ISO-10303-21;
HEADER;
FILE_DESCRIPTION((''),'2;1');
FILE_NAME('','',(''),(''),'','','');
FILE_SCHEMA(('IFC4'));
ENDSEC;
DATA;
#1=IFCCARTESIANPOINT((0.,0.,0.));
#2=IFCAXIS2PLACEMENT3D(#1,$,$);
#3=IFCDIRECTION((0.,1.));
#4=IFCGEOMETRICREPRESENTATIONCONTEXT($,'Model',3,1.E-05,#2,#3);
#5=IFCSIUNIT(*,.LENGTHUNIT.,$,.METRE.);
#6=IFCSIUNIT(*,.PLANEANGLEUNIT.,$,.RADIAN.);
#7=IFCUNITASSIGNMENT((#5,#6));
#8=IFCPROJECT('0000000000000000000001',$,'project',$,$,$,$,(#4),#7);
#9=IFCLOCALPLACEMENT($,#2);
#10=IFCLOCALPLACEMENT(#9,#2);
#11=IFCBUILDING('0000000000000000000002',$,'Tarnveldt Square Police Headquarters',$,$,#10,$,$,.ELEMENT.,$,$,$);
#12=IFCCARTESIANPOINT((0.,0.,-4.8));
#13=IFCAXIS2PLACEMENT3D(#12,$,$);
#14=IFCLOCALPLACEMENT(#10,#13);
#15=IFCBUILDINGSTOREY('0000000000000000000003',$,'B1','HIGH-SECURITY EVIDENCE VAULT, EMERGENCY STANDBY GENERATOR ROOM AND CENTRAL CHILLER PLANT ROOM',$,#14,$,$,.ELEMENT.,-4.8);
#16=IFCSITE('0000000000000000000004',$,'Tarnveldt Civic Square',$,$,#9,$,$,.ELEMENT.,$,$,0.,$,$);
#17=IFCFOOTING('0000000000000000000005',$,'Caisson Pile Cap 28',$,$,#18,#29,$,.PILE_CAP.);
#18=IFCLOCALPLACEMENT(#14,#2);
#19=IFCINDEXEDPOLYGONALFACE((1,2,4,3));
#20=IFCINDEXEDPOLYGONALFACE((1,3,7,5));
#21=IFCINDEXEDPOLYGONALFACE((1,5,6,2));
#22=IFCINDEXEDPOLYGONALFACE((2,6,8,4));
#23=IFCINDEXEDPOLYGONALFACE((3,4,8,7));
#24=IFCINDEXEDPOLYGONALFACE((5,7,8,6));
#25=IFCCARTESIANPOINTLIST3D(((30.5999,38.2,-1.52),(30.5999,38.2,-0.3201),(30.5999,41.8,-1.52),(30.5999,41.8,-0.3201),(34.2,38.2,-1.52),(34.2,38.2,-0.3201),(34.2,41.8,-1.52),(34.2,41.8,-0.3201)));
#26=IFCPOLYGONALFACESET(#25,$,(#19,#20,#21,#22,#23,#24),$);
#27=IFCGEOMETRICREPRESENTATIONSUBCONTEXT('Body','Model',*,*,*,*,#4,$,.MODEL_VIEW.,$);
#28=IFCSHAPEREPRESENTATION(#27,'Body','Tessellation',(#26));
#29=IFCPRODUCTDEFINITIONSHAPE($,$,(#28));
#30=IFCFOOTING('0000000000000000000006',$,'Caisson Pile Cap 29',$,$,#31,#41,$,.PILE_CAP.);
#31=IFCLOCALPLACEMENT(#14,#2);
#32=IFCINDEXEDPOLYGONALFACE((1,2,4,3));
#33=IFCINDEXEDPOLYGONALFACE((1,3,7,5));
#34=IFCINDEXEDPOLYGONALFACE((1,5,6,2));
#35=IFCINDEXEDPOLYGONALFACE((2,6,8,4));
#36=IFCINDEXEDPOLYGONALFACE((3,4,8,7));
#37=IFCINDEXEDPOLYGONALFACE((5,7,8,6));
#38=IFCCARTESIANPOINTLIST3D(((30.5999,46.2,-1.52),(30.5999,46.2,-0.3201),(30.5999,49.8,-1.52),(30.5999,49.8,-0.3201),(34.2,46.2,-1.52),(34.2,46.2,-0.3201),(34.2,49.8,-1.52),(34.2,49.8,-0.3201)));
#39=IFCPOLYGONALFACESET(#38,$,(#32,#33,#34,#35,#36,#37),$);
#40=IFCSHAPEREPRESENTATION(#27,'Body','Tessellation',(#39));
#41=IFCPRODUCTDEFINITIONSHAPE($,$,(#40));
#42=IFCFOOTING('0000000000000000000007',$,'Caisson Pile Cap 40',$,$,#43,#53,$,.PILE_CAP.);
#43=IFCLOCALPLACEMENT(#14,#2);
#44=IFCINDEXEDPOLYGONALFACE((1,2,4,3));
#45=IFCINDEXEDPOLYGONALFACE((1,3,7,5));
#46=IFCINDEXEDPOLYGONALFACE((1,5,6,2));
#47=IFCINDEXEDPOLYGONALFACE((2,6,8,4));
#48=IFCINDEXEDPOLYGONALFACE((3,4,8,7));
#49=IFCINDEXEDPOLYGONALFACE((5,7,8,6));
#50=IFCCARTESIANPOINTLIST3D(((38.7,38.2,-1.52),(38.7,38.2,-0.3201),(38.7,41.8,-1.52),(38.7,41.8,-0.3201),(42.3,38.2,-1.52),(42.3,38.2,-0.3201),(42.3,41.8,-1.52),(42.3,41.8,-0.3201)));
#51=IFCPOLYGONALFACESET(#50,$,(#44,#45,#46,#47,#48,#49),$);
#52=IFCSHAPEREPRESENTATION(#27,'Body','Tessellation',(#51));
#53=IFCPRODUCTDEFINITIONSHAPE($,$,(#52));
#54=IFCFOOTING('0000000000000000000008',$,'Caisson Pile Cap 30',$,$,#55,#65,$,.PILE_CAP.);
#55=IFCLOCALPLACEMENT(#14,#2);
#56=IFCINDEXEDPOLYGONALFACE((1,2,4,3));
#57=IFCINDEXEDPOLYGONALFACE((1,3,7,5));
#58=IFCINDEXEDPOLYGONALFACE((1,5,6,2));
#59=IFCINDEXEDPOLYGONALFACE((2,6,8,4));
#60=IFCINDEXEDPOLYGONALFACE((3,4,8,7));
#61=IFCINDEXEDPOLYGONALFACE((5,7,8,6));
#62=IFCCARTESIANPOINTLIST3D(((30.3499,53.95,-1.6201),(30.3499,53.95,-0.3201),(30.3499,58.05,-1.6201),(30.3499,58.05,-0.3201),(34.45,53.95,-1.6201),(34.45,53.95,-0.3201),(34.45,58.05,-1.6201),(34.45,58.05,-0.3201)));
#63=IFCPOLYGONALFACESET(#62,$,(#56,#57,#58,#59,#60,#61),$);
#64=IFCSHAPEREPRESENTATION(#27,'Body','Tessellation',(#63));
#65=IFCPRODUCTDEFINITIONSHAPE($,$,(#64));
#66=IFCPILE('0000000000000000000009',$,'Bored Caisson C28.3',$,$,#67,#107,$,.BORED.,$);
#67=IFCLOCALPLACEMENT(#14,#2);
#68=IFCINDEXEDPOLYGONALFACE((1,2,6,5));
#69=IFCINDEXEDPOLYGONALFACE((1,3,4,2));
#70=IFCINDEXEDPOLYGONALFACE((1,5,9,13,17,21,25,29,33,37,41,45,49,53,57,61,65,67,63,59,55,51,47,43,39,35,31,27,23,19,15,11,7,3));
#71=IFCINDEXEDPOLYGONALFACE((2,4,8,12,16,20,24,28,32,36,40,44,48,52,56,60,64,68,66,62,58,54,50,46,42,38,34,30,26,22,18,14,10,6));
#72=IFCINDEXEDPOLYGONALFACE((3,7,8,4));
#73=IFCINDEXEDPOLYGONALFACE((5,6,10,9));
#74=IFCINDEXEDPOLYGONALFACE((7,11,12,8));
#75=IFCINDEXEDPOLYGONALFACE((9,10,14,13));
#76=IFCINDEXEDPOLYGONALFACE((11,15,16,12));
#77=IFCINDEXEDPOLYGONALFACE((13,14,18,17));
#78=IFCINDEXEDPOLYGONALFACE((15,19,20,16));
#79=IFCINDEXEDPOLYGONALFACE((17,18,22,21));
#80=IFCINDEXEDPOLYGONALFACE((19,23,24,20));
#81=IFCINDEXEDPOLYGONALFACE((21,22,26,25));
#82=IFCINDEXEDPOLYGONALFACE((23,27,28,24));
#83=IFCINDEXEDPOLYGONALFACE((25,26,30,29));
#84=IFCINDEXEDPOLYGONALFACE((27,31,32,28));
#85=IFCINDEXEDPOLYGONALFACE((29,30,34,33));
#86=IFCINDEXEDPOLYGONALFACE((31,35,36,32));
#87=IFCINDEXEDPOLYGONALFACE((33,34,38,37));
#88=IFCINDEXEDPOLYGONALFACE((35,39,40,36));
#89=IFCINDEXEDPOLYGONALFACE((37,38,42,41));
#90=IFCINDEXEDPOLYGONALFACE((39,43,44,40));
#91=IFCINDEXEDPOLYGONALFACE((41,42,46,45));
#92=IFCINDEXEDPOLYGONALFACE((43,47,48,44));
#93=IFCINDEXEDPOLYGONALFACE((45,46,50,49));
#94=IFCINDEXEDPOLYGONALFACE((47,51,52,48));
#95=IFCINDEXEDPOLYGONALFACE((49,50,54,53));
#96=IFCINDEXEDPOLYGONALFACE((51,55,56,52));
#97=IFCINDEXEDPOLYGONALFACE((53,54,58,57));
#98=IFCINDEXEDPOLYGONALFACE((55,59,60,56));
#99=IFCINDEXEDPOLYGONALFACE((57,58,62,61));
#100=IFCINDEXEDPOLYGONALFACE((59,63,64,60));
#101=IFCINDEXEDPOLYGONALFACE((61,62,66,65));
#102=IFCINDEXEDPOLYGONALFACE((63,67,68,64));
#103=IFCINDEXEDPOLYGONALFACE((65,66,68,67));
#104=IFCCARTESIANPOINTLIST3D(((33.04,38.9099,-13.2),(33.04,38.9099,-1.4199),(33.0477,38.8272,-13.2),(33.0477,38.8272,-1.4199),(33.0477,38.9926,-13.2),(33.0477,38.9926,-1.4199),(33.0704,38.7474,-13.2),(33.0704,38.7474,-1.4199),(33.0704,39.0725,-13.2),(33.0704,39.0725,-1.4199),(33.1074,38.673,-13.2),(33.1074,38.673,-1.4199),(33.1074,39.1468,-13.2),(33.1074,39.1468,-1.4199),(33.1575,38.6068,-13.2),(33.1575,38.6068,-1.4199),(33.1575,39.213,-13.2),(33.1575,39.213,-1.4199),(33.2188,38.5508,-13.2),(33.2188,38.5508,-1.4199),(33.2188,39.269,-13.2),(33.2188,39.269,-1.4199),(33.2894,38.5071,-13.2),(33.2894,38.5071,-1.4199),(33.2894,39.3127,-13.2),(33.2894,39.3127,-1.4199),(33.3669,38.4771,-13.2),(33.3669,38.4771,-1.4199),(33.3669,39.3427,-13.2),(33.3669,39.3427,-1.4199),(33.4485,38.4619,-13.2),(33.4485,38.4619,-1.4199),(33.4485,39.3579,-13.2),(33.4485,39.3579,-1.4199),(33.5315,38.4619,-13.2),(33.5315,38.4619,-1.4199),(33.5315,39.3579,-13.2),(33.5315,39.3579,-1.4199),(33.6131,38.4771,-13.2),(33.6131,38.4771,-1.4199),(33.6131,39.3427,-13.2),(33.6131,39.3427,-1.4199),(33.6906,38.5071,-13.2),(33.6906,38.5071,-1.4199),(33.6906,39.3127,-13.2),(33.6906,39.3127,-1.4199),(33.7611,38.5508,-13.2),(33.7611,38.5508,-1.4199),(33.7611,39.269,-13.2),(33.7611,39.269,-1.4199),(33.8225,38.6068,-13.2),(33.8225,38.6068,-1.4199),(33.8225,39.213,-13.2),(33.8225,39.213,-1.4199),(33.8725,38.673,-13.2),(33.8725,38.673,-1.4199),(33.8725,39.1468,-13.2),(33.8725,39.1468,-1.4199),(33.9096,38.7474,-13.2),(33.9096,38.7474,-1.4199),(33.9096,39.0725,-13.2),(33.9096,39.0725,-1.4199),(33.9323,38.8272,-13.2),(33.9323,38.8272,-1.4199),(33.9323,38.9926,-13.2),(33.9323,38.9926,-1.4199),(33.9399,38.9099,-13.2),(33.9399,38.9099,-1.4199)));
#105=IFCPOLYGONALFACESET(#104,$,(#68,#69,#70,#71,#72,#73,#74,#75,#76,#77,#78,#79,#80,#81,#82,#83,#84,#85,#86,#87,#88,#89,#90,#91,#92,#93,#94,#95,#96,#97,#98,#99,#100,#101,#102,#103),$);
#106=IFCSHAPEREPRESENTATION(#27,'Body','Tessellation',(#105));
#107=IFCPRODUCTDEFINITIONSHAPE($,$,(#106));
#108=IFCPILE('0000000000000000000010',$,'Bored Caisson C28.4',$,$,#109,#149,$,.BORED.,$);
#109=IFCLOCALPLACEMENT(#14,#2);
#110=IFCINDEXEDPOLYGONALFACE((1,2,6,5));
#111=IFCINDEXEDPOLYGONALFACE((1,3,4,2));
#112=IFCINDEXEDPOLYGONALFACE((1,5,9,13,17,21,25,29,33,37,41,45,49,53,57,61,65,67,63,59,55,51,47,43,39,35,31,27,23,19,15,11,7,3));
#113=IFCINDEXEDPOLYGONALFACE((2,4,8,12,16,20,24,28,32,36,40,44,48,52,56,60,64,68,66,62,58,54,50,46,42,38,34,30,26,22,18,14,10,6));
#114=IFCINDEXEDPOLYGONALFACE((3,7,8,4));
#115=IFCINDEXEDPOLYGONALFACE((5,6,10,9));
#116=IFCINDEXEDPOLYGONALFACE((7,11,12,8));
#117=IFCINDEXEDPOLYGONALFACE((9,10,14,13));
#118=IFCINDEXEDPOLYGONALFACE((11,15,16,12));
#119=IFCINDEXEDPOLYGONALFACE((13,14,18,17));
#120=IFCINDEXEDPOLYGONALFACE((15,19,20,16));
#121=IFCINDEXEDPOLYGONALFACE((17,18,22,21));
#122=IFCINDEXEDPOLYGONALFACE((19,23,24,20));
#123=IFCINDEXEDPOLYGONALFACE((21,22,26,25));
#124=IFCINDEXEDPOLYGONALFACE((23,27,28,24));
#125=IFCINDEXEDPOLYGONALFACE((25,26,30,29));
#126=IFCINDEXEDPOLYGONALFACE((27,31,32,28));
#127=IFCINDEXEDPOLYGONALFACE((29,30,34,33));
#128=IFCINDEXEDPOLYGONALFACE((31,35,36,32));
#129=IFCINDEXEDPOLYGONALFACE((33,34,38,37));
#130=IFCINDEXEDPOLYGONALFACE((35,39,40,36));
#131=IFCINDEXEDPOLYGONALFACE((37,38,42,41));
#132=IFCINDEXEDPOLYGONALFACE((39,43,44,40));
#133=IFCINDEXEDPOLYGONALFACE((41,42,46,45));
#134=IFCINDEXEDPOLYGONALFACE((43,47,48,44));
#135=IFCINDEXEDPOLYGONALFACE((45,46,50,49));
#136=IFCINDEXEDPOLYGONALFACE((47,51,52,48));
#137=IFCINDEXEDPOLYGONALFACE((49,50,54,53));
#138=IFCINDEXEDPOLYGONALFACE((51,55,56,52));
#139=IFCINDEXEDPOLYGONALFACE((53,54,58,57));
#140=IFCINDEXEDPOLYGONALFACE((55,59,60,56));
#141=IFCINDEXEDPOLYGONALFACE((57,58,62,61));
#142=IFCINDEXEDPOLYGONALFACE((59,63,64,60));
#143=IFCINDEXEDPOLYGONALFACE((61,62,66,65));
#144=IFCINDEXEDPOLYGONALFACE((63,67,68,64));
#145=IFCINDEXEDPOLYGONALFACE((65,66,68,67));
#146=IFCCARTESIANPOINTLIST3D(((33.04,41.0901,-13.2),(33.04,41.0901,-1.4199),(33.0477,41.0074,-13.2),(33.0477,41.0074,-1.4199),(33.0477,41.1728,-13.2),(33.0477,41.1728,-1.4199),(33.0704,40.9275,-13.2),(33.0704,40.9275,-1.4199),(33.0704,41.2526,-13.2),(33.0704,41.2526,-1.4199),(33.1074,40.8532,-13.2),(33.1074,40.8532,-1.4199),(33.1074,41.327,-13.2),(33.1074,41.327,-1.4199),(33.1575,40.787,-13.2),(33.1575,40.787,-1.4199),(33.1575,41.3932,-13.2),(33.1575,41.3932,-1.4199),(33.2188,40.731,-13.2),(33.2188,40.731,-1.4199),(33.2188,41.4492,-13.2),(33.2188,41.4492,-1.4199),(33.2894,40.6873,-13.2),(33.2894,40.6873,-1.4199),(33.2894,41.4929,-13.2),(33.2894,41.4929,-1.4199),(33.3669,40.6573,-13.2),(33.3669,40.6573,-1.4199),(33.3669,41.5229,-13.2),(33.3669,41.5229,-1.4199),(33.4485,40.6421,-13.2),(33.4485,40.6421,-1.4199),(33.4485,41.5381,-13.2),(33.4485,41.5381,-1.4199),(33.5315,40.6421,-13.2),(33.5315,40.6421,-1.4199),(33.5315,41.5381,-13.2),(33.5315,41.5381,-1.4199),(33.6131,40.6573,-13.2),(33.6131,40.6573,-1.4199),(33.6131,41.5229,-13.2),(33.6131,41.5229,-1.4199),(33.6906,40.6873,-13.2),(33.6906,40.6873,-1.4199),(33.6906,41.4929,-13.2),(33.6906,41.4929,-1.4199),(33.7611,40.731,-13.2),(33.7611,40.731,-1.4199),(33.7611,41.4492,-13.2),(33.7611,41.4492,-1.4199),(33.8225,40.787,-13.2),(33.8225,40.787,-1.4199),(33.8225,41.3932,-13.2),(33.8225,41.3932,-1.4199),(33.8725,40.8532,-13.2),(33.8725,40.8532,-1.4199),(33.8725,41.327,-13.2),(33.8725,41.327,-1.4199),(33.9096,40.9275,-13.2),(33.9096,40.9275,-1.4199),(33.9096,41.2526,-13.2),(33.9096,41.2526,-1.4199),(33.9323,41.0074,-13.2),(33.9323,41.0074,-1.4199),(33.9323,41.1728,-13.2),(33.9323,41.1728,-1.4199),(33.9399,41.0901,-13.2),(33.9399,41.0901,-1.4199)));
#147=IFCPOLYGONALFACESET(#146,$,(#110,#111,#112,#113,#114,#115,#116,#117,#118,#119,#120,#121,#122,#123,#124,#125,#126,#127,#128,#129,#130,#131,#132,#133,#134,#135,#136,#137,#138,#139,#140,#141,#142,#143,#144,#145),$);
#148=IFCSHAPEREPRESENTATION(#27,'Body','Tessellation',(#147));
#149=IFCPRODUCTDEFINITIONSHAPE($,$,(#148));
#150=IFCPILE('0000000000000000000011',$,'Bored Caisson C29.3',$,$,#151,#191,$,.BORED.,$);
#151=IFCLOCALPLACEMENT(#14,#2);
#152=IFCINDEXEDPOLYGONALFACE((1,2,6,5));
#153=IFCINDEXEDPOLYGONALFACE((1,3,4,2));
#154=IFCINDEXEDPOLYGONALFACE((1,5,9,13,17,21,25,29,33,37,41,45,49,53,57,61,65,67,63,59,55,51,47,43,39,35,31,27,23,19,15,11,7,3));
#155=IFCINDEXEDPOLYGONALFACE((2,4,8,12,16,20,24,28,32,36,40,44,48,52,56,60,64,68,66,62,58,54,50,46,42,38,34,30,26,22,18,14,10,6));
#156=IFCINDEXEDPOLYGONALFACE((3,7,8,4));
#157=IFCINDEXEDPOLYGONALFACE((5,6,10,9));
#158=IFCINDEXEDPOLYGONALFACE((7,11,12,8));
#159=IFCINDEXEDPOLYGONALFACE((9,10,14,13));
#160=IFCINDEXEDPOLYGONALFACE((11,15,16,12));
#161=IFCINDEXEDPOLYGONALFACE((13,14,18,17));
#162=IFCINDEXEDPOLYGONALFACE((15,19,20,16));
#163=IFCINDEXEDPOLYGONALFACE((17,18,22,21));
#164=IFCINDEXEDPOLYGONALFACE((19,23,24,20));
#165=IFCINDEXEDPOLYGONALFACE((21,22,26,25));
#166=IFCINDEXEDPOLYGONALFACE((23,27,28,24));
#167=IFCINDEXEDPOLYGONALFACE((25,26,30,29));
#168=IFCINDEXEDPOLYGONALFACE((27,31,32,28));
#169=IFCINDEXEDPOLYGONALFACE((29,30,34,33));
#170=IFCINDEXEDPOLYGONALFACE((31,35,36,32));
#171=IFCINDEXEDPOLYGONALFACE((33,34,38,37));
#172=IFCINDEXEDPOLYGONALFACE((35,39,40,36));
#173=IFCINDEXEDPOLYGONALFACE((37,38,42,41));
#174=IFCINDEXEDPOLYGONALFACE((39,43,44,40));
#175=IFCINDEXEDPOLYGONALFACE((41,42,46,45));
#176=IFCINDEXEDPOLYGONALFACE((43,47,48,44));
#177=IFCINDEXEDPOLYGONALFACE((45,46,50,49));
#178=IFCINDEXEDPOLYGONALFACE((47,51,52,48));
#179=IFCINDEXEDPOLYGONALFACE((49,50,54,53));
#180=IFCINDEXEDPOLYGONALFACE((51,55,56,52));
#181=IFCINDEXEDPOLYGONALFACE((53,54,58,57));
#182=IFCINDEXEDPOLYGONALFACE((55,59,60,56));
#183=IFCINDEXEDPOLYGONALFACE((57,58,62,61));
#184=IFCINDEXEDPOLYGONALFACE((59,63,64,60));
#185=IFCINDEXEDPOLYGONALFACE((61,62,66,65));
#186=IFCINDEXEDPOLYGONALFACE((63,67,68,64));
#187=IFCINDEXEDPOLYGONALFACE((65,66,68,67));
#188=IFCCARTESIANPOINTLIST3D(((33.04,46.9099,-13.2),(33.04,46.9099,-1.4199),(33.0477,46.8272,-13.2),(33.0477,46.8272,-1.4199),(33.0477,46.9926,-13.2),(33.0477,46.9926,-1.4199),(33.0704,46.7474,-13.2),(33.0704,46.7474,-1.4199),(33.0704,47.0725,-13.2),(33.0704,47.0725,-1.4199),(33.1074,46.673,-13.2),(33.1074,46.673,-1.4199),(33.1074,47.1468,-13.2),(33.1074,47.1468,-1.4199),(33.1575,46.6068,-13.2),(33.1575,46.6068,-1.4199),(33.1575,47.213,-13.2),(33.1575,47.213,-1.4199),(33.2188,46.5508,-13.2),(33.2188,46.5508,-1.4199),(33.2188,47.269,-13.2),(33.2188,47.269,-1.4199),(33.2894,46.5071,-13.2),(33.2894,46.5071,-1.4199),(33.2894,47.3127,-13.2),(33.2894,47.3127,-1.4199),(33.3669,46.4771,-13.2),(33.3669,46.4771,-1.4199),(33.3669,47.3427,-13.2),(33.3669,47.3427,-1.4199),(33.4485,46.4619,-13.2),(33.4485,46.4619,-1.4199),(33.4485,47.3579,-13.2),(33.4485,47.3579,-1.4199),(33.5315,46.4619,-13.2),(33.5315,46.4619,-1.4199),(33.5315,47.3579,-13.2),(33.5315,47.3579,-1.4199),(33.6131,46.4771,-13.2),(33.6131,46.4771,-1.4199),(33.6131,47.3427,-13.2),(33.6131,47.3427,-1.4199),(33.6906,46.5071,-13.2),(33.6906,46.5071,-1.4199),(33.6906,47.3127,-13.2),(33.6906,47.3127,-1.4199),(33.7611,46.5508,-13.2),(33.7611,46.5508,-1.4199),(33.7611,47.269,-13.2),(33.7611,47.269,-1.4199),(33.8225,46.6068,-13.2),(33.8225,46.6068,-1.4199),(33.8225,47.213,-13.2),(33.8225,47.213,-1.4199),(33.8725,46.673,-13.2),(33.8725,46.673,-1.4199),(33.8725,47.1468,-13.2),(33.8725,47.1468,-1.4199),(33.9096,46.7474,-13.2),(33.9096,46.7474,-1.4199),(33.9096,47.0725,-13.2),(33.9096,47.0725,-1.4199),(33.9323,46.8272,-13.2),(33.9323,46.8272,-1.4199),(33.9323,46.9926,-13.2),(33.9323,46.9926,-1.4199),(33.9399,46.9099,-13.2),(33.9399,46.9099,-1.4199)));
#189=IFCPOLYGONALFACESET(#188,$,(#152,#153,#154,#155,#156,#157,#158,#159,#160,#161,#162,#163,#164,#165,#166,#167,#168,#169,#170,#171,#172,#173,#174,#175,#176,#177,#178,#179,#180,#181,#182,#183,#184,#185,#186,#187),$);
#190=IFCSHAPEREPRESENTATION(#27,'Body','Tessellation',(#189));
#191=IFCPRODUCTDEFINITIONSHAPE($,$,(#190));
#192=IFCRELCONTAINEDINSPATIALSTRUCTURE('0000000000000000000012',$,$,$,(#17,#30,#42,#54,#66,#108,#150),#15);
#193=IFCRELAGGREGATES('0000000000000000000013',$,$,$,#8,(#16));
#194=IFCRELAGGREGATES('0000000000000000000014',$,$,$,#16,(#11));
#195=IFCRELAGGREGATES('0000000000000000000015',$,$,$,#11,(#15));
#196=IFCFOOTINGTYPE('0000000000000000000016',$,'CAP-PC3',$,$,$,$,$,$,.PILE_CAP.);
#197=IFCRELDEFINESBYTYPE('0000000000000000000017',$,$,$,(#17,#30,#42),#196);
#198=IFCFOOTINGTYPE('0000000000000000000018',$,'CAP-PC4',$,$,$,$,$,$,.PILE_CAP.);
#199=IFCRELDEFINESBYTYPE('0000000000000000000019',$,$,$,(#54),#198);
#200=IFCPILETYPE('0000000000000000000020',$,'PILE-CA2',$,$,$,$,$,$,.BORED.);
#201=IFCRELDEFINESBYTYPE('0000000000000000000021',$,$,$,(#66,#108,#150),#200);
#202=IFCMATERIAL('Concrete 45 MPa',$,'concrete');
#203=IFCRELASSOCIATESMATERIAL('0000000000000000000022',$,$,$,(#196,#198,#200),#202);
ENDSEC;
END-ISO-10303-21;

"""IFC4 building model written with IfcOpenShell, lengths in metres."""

from ifc_helpers import new_model, si_unit, direction, frame, origin, origin_2d, place, context, subcontext, project, spatial, rectangle, circle, extrude, material, material_profile, profile_set, type_object, element, save


model = new_model("IFC4")

# Units and contexts
model_context = context("Model", 3, precision=1e-05, world=origin(), true_north=direction((0.0, 1.0)))
body_context = subcontext(model_context, "Body", "Model", "MODEL_VIEW")
ifc_project = project(units=[si_unit("LENGTHUNIT", "METRE"), si_unit("PLANEANGLEUNIT", "RADIAN")], contexts=[model_context])

# Site, building, storey
site_placement = place(None, origin())
site = spatial("IfcSite", under=ifc_project, at=site_placement, Name="Tarnveldt Civic Square", CompositionType="ELEMENT", RefElevation=0.0)
building_placement = place(site_placement, origin())
building = spatial("IfcBuilding", under=site, at=building_placement, Name="Tarnveldt Square Police Headquarters", CompositionType="ELEMENT")
storey_placement = place(building_placement, frame((0.0, 0.0, -4.8)))
storey = spatial("IfcBuildingStorey", under=building, at=storey_placement, Name="B1", Description="HIGH-SECURITY EVIDENCE VAULT, EMERGENCY STANDBY GENERATOR ROOM AND CENTRAL CHILLER PLANT ROOM", CompositionType="ELEMENT", Elevation=-4.8)

# Footings
ifc_material_1 = material(Name="Concrete 45 MPa", Category="concrete")
footing_type_1 = type_object("IfcFootingType", Name="CAP-PC3", PredefinedType="PILE_CAP", material=ifc_material_1)
for number, where, z_axis, x_axis, name in (
    (1, (32.3999, 40.0, -1.52), (0.0, 0.0, 1.0), (1.0, 0.0, 0.0), "Caisson Pile Cap 28"),
    (2, (32.3999, 48.0, -1.52), (0.0, 0.0, 1.0), (1.0, 0.0, 0.0), "Caisson Pile Cap 29"),
    (3, (40.5, 40.0, -1.52), (0.0, 0.0, 1.0), (1.0, 0.0, 0.0), "Caisson Pile Cap 40"),
):
    element("IfcFooting", number, at=place(storey_placement, frame(where, z_axis=z_axis, x_axis=x_axis)), inside=storey, type_object=footing_type_1, Name=name, PredefinedType="PILE_CAP", context=body_context, shape_type="SweptSolid", body=[
        extrude(rectangle(XDim=3.6001, YDim=3.6001, at=origin_2d()), origin(), (0.0, 0.0, 1.0), 1.2),
    ])
footing_type_2 = type_object("IfcFootingType", Name="CAP-PC4", PredefinedType="PILE_CAP", material=ifc_material_1)
footing_placement = place(storey_placement, frame((32.3999, 56.0, -1.6201), z_axis=(0.0, 0.0, 1.0), x_axis=(1.0, 0.0, 0.0)))
element("IfcFooting", 4, at=footing_placement, inside=storey, type_object=footing_type_2, Name="Caisson Pile Cap 30", PredefinedType="PILE_CAP", context=body_context, shape_type="SweptSolid", body=[
    extrude(rectangle(XDim=4.1001, YDim=4.1001, at=origin_2d()), origin(), (0.0, 0.0, 1.0), 1.3),
])

# Piles
ifc_material_profile_1 = material_profile(ifc_material_1, circle(Radius=0.45, at=origin_2d()), Name="CAISSON-D900")
ifc_profile_set_1 = profile_set([ifc_material_profile_1], Name="Concrete 45 MPa")
pile_type_1 = type_object("IfcPileType", Name="PILE-CA2", PredefinedType="BORED", material=ifc_profile_set_1)
for number, where, z_axis, x_axis, name in (
    (5, (33.49, 38.9099, -1.4199), (0.0, 0.0, -1.0), (1.0, 0.0, 0.0), "Bored Caisson C28.3"),
    (6, (33.49, 41.0901, -1.4199), (0.0, 0.0, -1.0), (1.0, 0.0, 0.0), "Bored Caisson C28.4"),
    (7, (33.49, 46.9099, -1.4199), (0.0, 0.0, -1.0), (1.0, 0.0, 0.0), "Bored Caisson C29.3"),
):
    element("IfcPile", number, at=place(storey_placement, frame(where, z_axis=z_axis, x_axis=x_axis)), inside=storey, type_object=pile_type_1, Name=name, PredefinedType="BORED", context=body_context, shape_type="SweptSolid", body=[
        extrude(circle(Radius=0.45, at=origin_2d()), origin(), (0.0, 0.0, 1.0), 11.78),
    ])

save(model, "model.ifc")
